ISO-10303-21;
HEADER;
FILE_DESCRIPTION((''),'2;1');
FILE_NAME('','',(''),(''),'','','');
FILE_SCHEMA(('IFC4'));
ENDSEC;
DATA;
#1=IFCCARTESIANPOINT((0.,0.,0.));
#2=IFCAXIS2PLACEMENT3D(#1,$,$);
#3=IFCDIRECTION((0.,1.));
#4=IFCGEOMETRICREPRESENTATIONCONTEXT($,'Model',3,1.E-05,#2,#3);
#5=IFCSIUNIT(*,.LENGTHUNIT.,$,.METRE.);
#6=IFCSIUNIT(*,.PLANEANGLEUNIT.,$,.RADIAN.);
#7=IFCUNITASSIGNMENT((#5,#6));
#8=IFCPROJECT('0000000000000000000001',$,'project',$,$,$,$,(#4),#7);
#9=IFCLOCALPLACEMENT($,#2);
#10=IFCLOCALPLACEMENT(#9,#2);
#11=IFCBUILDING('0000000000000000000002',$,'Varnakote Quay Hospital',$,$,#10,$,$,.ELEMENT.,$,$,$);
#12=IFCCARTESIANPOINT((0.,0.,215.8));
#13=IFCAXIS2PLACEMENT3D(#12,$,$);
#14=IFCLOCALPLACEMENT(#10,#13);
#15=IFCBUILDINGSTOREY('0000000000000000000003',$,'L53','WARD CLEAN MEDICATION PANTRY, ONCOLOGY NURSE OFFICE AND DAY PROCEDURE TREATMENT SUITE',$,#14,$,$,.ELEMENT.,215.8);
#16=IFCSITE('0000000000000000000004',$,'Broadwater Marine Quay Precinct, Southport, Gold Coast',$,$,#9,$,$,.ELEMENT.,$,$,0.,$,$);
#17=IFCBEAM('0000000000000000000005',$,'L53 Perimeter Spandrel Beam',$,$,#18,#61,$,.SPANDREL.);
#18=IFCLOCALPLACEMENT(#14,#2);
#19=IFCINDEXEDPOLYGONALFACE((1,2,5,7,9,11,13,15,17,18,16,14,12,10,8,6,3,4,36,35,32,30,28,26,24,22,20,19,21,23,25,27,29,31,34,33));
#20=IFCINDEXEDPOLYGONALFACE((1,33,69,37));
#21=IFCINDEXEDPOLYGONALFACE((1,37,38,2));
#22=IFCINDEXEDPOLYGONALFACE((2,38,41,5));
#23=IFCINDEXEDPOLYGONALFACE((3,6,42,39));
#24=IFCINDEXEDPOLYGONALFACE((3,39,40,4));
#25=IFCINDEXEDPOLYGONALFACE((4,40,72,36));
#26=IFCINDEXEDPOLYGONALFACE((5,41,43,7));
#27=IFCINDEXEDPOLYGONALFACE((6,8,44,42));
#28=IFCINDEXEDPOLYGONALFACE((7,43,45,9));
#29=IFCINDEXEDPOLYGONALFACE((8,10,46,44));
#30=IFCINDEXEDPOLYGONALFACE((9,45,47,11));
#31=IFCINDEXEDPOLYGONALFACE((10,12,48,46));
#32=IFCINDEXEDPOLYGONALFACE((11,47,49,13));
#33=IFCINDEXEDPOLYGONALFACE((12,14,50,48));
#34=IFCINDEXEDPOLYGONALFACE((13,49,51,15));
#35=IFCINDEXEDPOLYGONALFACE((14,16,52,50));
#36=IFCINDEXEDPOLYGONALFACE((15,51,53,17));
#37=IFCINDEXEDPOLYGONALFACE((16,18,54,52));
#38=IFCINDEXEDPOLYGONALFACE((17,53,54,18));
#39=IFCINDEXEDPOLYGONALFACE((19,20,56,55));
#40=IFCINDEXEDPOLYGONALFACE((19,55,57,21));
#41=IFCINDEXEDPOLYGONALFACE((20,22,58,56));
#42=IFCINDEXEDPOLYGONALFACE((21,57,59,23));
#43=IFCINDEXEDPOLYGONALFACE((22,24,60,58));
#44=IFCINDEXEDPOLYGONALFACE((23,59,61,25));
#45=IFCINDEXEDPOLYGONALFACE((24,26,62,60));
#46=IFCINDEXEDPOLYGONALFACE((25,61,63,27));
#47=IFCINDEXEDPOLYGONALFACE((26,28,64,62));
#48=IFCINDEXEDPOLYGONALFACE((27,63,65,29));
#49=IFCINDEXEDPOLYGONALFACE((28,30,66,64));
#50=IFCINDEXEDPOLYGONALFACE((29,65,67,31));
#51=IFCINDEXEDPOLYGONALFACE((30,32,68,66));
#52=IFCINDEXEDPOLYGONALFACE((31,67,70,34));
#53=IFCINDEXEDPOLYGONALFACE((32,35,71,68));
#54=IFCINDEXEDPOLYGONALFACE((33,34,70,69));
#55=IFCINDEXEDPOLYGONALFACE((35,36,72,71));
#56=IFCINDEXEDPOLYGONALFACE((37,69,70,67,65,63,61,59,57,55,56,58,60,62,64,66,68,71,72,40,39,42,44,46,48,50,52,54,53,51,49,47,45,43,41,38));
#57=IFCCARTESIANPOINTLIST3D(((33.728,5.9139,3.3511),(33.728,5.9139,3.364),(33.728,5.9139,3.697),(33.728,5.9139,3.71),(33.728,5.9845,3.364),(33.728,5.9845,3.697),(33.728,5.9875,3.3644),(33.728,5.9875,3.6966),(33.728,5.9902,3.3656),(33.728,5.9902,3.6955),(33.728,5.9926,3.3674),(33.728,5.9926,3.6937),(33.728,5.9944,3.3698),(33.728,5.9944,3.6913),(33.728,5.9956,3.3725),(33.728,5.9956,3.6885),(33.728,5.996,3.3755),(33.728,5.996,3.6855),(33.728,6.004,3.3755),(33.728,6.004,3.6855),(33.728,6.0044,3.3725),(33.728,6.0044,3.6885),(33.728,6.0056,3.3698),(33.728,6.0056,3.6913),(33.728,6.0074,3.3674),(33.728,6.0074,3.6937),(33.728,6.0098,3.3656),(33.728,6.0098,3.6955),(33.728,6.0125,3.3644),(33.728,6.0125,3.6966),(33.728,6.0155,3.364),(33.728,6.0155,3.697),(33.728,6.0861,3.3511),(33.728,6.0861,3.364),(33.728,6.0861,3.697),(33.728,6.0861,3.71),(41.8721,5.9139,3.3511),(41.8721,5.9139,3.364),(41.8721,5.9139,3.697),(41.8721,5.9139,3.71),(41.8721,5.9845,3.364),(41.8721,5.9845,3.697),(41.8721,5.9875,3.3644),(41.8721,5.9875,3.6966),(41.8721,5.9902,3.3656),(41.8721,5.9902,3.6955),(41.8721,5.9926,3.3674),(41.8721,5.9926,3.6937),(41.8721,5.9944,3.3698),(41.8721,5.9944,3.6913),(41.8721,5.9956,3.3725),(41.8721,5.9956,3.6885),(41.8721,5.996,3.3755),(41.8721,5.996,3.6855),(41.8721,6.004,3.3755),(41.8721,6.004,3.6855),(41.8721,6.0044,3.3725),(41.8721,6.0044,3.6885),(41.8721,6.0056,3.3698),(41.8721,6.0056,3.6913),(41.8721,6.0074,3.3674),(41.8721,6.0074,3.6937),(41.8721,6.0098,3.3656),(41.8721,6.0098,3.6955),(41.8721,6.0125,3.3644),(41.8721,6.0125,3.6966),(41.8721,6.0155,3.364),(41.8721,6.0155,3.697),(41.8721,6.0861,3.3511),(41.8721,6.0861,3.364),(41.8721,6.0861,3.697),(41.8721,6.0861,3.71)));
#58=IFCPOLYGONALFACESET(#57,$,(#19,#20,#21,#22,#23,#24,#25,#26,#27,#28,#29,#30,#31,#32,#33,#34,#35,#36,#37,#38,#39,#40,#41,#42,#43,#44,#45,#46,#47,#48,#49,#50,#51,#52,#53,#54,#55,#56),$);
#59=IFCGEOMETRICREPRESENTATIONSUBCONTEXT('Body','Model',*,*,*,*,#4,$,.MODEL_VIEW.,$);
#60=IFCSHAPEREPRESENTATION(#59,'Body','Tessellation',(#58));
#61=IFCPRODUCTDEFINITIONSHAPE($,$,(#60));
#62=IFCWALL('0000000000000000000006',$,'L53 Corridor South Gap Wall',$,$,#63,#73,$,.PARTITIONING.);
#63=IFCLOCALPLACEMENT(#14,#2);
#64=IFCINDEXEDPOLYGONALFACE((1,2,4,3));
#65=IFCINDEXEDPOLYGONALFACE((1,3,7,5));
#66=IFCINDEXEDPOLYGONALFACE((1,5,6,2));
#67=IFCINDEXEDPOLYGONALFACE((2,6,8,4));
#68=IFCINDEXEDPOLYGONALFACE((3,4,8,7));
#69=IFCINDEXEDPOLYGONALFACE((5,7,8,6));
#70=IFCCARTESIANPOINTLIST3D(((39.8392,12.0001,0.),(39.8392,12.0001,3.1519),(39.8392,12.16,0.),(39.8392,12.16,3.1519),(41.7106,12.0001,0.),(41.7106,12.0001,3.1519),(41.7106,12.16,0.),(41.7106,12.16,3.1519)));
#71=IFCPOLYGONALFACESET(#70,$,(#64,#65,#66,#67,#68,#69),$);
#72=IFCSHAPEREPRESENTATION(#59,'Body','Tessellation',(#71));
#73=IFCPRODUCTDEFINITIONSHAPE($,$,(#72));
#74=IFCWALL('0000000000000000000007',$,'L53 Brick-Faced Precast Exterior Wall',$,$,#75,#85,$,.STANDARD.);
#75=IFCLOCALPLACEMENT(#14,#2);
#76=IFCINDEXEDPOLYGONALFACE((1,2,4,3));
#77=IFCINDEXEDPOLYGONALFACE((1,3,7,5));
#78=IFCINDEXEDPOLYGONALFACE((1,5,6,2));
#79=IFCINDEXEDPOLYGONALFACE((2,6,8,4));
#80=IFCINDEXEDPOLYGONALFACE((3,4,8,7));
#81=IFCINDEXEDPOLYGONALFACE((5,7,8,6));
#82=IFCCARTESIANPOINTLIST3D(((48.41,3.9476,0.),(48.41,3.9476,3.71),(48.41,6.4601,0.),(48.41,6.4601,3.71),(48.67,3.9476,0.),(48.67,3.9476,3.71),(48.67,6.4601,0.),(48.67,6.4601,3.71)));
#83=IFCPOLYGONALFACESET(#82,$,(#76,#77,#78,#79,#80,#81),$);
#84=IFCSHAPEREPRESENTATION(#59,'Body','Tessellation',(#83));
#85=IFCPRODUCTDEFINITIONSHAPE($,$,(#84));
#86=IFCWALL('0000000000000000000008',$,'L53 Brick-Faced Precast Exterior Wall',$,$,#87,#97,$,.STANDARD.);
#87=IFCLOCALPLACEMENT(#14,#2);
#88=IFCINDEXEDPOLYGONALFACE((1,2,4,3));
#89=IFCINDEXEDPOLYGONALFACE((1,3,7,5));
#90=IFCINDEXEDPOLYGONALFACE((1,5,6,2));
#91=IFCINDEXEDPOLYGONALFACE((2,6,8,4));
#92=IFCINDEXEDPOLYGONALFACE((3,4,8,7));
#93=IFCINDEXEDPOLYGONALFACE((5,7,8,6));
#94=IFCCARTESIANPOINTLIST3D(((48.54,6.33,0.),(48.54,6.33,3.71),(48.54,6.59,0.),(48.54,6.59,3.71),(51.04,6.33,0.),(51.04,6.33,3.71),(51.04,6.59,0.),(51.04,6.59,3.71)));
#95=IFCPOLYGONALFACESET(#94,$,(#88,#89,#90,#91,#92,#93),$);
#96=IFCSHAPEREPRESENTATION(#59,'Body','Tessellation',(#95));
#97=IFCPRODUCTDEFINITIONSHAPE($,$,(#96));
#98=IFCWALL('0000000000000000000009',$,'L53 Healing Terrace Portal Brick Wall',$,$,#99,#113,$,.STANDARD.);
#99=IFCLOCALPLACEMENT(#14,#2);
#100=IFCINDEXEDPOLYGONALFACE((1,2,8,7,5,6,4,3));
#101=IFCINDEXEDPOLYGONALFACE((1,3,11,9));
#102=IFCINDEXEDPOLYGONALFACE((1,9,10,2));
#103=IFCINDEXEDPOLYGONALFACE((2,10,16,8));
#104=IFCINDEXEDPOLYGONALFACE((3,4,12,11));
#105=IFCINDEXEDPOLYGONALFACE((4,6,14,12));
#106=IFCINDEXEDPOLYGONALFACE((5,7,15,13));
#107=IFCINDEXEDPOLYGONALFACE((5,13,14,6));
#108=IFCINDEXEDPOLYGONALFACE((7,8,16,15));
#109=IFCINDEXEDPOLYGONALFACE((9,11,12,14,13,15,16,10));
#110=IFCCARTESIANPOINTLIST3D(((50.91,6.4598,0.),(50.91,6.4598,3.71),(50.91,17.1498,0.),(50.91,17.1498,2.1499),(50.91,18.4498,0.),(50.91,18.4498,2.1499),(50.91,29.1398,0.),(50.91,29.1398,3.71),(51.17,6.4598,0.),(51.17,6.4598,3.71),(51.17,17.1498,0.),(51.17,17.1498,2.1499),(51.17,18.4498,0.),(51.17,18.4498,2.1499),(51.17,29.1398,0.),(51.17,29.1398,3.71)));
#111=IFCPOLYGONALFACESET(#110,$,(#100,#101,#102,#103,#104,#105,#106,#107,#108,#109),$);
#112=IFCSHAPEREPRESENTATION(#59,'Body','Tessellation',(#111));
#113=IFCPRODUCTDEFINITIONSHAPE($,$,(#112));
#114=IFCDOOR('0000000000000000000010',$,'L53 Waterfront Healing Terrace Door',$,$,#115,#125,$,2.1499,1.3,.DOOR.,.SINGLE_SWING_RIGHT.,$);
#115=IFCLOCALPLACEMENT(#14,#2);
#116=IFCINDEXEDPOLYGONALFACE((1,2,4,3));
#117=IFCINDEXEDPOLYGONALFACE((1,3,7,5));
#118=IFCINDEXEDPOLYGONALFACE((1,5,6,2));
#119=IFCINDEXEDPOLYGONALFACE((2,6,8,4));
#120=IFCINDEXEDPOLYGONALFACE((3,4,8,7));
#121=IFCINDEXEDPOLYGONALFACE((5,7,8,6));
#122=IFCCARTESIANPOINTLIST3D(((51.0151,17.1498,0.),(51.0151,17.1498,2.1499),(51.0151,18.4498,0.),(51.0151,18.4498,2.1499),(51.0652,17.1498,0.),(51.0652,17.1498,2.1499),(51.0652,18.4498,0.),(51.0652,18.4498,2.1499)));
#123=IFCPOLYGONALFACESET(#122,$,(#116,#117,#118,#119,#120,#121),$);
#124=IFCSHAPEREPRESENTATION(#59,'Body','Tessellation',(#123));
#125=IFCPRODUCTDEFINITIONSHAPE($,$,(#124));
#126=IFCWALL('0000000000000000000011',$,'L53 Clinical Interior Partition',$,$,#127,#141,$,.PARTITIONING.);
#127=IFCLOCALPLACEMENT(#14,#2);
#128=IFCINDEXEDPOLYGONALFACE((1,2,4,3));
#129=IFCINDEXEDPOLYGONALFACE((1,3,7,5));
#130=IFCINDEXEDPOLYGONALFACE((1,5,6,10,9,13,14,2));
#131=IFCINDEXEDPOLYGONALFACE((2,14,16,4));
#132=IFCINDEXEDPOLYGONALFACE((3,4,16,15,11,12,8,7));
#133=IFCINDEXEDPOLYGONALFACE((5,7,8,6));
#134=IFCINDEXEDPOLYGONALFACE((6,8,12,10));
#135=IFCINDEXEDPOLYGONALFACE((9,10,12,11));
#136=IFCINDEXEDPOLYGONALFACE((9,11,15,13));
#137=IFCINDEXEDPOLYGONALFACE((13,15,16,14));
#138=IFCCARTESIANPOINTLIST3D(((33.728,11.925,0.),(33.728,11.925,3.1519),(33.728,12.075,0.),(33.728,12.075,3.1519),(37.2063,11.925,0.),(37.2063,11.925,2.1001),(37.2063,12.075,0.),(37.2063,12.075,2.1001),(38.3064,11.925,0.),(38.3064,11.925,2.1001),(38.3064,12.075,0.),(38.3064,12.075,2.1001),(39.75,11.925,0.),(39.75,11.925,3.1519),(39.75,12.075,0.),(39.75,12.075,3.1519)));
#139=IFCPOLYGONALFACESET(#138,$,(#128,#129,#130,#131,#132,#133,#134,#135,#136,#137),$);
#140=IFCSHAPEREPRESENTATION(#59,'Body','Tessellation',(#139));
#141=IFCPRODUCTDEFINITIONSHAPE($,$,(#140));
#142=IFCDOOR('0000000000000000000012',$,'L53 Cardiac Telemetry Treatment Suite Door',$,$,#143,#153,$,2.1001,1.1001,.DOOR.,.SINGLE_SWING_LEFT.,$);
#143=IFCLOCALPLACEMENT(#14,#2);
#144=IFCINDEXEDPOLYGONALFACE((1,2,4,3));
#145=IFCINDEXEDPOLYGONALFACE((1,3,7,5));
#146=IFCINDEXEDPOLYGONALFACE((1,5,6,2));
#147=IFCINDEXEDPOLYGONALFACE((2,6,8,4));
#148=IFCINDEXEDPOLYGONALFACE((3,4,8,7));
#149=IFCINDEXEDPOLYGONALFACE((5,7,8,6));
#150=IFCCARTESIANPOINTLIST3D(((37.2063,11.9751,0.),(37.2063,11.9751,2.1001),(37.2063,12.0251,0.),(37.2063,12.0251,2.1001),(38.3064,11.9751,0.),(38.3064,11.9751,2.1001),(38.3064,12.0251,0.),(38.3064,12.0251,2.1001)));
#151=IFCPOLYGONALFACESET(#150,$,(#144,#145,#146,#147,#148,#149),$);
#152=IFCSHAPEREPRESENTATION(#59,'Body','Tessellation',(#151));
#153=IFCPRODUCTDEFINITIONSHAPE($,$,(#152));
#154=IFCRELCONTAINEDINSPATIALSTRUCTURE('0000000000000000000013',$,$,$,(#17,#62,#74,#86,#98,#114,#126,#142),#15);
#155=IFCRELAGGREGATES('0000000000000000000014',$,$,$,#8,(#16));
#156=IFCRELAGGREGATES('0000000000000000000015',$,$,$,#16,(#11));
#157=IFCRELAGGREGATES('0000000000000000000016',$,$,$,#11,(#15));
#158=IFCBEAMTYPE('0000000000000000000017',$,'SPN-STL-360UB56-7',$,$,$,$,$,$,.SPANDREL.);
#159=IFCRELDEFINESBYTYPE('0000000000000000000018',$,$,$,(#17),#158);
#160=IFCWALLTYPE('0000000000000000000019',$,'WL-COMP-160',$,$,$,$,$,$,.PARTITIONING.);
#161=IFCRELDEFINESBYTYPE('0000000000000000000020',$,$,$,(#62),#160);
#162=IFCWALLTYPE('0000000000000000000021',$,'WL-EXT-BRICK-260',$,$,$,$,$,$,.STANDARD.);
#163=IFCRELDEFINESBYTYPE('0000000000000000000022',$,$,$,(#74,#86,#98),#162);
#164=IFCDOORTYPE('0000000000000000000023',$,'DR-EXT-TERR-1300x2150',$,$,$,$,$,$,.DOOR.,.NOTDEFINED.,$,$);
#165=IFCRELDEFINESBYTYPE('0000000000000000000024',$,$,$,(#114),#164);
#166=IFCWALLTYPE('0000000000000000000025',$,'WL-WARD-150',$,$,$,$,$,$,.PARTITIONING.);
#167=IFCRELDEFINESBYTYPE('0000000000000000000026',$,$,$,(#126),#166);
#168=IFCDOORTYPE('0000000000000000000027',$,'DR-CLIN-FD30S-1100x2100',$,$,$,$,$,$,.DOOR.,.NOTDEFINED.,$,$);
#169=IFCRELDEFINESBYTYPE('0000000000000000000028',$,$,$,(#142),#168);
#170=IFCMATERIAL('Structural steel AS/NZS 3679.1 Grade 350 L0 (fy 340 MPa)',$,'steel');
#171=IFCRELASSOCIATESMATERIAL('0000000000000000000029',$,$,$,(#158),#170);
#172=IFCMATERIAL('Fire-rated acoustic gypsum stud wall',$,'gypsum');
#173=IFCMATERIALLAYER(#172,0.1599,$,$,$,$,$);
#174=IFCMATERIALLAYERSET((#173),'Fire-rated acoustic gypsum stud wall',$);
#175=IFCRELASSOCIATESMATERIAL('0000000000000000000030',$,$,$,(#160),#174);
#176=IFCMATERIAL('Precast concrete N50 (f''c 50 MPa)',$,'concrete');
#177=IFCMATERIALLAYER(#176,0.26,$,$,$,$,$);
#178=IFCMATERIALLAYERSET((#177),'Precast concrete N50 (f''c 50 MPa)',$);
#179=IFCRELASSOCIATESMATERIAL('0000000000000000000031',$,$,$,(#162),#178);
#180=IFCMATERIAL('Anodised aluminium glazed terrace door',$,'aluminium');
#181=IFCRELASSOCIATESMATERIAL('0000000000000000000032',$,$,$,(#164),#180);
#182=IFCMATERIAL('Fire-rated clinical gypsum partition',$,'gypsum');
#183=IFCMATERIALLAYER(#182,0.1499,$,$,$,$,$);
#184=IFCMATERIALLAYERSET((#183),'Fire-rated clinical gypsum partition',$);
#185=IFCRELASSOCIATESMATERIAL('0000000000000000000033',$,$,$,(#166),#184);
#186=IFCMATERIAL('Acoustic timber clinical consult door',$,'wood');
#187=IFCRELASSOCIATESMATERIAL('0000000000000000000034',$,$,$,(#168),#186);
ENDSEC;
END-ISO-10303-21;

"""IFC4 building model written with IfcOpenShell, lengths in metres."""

from ifc_helpers import new_model, si_unit, direction, frame, frame_2d, origin, origin_2d, place, context, subcontext, project, spatial, rectangle, i_section, extrude, material, layer, layer_set, material_profile, profile_set, type_object, element, fill, save


model = new_model("IFC4")

# Units and contexts
model_context = context("Model", 3, precision=1e-05, world=origin(), true_north=direction((0.0, 1.0)))
body_context = subcontext(model_context, "Body", "Model", "MODEL_VIEW")
ifc_project = project(units=[si_unit("LENGTHUNIT", "METRE"), si_unit("PLANEANGLEUNIT", "RADIAN")], contexts=[model_context])

# Site, building, storey
site_placement = place(None, origin())
site = spatial("IfcSite", under=ifc_project, at=site_placement, Name="Broadwater Marine Quay Precinct, Southport, Gold Coast", CompositionType="ELEMENT", RefElevation=0.0)
building_placement = place(site_placement, origin())
building = spatial("IfcBuilding", under=site, at=building_placement, Name="Varnakote Quay Hospital", CompositionType="ELEMENT")
storey_placement = place(building_placement, frame((0.0, 0.0, 215.8)))
storey = spatial("IfcBuildingStorey", under=building, at=storey_placement, Name="L53", Description="WARD CLEAN MEDICATION PANTRY, ONCOLOGY NURSE OFFICE AND DAY PROCEDURE TREATMENT SUITE", CompositionType="ELEMENT", Elevation=215.8)

# Beam
ifc_material_1 = material(Name="Structural steel AS/NZS 3679.1 Grade 350 L0 (fy 340 MPa)", Category="steel")
ifc_material_profile_1 = material_profile(ifc_material_1, i_section(OverallWidth=0.1721, OverallDepth=0.3589, WebThickness=0.0081, FlangeThickness=0.0129, FilletRadius=0.0115, at=origin_2d()), Name="360UB56.7")
ifc_profile_set_1 = profile_set([ifc_material_profile_1], Name="Structural steel AS/NZS 3679.1 Grade 350 L0 (fy 340 MPa)")
beam_type_1 = type_object("IfcBeamType", Name="SPN-STL-360UB56-7", PredefinedType="SPANDREL", material=ifc_profile_set_1)
beam_1_placement = place(storey_placement, frame((33.728, 6.0, 3.5305), z_axis=(1.0, 0.0, 0.0), x_axis=(0.0, 1.0, 0.0)))
element("IfcBeam", 1, at=beam_1_placement, inside=storey, type_object=beam_type_1, Name="L53 Perimeter Spandrel Beam", PredefinedType="SPANDREL", context=body_context, shape_type="SweptSolid", body=[
    extrude(i_section(OverallWidth=0.1721, OverallDepth=0.3589, WebThickness=0.0081, FlangeThickness=0.0129, FilletRadius=0.0115, at=origin_2d()), origin(), (0.0, 0.0, 1.0), 8.144),
])

# Walls
ifc_material_2 = material(Name="Fire-rated acoustic gypsum stud wall", Category="gypsum")
ifc_layer_1 = layer(ifc_material_2, 0.1599)
ifc_layer_set_1 = layer_set([ifc_layer_1], Name="Fire-rated acoustic gypsum stud wall")
wall_type_1 = type_object("IfcWallType", Name="WL-COMP-160", PredefinedType="PARTITIONING", material=ifc_layer_set_1)
wall_1_placement = place(storey_placement, frame((39.8394, 12.0801, 0.0), z_axis=(0.0, 0.0, 1.0), x_axis=(1.0, 0.0, 0.0)))
element("IfcWall", 2, at=wall_1_placement, inside=storey, type_object=wall_type_1, Name="L53 Corridor South Gap Wall", PredefinedType="PARTITIONING", context=body_context, shape_type="SweptSolid", body=[
    extrude(rectangle(XDim=1.8713, YDim=0.1599, at=frame_2d((0.9355, 0.0))), origin(), (0.0, 0.0, 1.0), 3.1519),
])
ifc_material_3 = material(Name="Precast concrete N50 (f'c 50 MPa)", Category="concrete")
ifc_layer_2 = layer(ifc_material_3, 0.26)
ifc_layer_set_2 = layer_set([ifc_layer_2], Name="Precast concrete N50 (f'c 50 MPa)")
wall_type_2 = type_object("IfcWallType", Name="WL-EXT-BRICK-260", PredefinedType="STANDARD", material=ifc_layer_set_2)
wall_2_placement = place(storey_placement, frame((48.54, 3.9475, 0.0), z_axis=(0.0, 0.0, 1.0), x_axis=(0.0, 1.0, 0.0)))
element("IfcWall", 3, at=wall_2_placement, inside=storey, type_object=wall_type_2, Name="L53 Brick-Faced Precast Exterior Wall", PredefinedType="STANDARD", context=body_context, shape_type="SweptSolid", body=[
    extrude(rectangle(XDim=2.5125, YDim=0.26, at=frame_2d((1.2563, 0.0))), origin(), (0.0, 0.0, 1.0), 3.71),
])
wall_3_placement = place(storey_placement, frame((48.54, 6.46, 0.0), z_axis=(0.0, 0.0, 1.0), x_axis=(1.0, 0.0, 0.0)))
element("IfcWall", 4, at=wall_3_placement, inside=storey, type_object=wall_type_2, Name="L53 Brick-Faced Precast Exterior Wall", PredefinedType="STANDARD", context=body_context, shape_type="SweptSolid", body=[
    extrude(rectangle(XDim=2.5, YDim=0.26, at=frame_2d((1.25, 0.0))), origin(), (0.0, 0.0, 1.0), 3.71),
])

# Walls, openings, doors
wall_4_placement = place(storey_placement, frame((51.04, 6.46, 0.0), z_axis=(0.0, 0.0, 1.0), x_axis=(0.0, 1.0, 0.0)))
wall_4 = element("IfcWall", 5, at=wall_4_placement, inside=storey, type_object=wall_type_2, Name="L53 Healing Terrace Portal Brick Wall", PredefinedType="STANDARD", context=body_context, shape_type="SweptSolid", body=[
    extrude(rectangle(XDim=22.6799, YDim=0.26, at=frame_2d((11.3398, 0.0))), origin(), (0.0, 0.0, 1.0), 3.71),
])
opening_1_placement = place(wall_4_placement, frame((10.6899, 0.0, 0.0)))
opening_1 = element("IfcOpeningElement", 6, at=opening_1_placement, cuts=wall_4, PredefinedType="OPENING", context=body_context, shape_type="SweptSolid", body=[
    extrude(rectangle(XDim=1.3, YDim=2.1499, at=frame_2d((0.6499, 1.075))), frame((0.0, 0.1399, 0.0), z_axis=(0.0, -1.0, 0.0), x_axis=(1.0, 0.0, 0.0)), (0.0, 0.0, 1.0), 0.28),
])
ifc_material_4 = material(Name="Anodised aluminium glazed terrace door", Category="aluminium")
door_type_1 = type_object("IfcDoorType", Name="DR-EXT-TERR-1300x2150", OperationType="NOTDEFINED", PredefinedType="DOOR", material=ifc_material_4)
door_1_placement = place(opening_1_placement, origin())
door_1 = element("IfcDoor", 7, at=door_1_placement, inside=storey, type_object=door_type_1, Name="L53 Waterfront Healing Terrace Door", OperationType="SINGLE_SWING_RIGHT", OverallHeight=2.1499, OverallWidth=1.3, PredefinedType="DOOR", context=body_context, shape_type="SweptSolid", body=[
    extrude(rectangle(XDim=1.3, YDim=2.1499, at=frame_2d((0.6499, 1.075))), frame((0.0, 0.0249, 0.0), z_axis=(0.0, -1.0, 0.0), x_axis=(1.0, 0.0, 0.0)), (0.0, 0.0, 1.0), 0.05),
])
fill(opening_1, door_1)
ifc_material_5 = material(Name="Fire-rated clinical gypsum partition", Category="gypsum")
ifc_layer_3 = layer(ifc_material_5, 0.1499)
ifc_layer_set_3 = layer_set([ifc_layer_3], Name="Fire-rated clinical gypsum partition")
wall_type_3 = type_object("IfcWallType", Name="WL-WARD-150", PredefinedType="PARTITIONING", material=ifc_layer_set_3)
wall_5_placement = place(storey_placement, frame((39.75, 12.0, 0.0), z_axis=(0.0, 0.0, 1.0), x_axis=(-1.0, 0.0, 0.0)))
wall_5 = element("IfcWall", 8, at=wall_5_placement, inside=storey, type_object=wall_type_3, Name="L53 Clinical Interior Partition", PredefinedType="PARTITIONING", context=body_context, shape_type="SweptSolid", body=[
    extrude(rectangle(XDim=6.022, YDim=0.1499, at=frame_2d((3.011, 0.0))), origin(), (0.0, 0.0, 1.0), 3.1519),
])
opening_2_placement = place(wall_5_placement, frame((1.4436, 0.0, 0.0)))
opening_2 = element("IfcOpeningElement", 9, at=opening_2_placement, cuts=wall_5, PredefinedType="OPENING", context=body_context, shape_type="SweptSolid", body=[
    extrude(rectangle(XDim=1.1001, YDim=2.1001, at=frame_2d((0.55, 1.05))), frame((0.0, 0.085, 0.0), z_axis=(0.0, -1.0, 0.0), x_axis=(1.0, 0.0, 0.0)), (0.0, 0.0, 1.0), 0.1699),
])
ifc_material_6 = material(Name="Acoustic timber clinical consult door", Category="wood")
door_type_2 = type_object("IfcDoorType", Name="DR-CLIN-FD30S-1100x2100", OperationType="NOTDEFINED", PredefinedType="DOOR", material=ifc_material_6)
door_2_placement = place(opening_2_placement, origin())
door_2 = element("IfcDoor", 10, at=door_2_placement, inside=storey, type_object=door_type_2, Name="L53 Cardiac Telemetry Treatment Suite Door", OperationType="SINGLE_SWING_LEFT", OverallHeight=2.1001, OverallWidth=1.1001, PredefinedType="DOOR", context=body_context, shape_type="SweptSolid", body=[
    extrude(rectangle(XDim=1.1001, YDim=2.1001, at=frame_2d((0.55, 1.05))), frame((0.0, 0.0249, 0.0), z_axis=(0.0, -1.0, 0.0), x_axis=(1.0, 0.0, 0.0)), (0.0, 0.0, 1.0), 0.05),
])
fill(opening_2, door_2)

save(model, "model.ifc")
